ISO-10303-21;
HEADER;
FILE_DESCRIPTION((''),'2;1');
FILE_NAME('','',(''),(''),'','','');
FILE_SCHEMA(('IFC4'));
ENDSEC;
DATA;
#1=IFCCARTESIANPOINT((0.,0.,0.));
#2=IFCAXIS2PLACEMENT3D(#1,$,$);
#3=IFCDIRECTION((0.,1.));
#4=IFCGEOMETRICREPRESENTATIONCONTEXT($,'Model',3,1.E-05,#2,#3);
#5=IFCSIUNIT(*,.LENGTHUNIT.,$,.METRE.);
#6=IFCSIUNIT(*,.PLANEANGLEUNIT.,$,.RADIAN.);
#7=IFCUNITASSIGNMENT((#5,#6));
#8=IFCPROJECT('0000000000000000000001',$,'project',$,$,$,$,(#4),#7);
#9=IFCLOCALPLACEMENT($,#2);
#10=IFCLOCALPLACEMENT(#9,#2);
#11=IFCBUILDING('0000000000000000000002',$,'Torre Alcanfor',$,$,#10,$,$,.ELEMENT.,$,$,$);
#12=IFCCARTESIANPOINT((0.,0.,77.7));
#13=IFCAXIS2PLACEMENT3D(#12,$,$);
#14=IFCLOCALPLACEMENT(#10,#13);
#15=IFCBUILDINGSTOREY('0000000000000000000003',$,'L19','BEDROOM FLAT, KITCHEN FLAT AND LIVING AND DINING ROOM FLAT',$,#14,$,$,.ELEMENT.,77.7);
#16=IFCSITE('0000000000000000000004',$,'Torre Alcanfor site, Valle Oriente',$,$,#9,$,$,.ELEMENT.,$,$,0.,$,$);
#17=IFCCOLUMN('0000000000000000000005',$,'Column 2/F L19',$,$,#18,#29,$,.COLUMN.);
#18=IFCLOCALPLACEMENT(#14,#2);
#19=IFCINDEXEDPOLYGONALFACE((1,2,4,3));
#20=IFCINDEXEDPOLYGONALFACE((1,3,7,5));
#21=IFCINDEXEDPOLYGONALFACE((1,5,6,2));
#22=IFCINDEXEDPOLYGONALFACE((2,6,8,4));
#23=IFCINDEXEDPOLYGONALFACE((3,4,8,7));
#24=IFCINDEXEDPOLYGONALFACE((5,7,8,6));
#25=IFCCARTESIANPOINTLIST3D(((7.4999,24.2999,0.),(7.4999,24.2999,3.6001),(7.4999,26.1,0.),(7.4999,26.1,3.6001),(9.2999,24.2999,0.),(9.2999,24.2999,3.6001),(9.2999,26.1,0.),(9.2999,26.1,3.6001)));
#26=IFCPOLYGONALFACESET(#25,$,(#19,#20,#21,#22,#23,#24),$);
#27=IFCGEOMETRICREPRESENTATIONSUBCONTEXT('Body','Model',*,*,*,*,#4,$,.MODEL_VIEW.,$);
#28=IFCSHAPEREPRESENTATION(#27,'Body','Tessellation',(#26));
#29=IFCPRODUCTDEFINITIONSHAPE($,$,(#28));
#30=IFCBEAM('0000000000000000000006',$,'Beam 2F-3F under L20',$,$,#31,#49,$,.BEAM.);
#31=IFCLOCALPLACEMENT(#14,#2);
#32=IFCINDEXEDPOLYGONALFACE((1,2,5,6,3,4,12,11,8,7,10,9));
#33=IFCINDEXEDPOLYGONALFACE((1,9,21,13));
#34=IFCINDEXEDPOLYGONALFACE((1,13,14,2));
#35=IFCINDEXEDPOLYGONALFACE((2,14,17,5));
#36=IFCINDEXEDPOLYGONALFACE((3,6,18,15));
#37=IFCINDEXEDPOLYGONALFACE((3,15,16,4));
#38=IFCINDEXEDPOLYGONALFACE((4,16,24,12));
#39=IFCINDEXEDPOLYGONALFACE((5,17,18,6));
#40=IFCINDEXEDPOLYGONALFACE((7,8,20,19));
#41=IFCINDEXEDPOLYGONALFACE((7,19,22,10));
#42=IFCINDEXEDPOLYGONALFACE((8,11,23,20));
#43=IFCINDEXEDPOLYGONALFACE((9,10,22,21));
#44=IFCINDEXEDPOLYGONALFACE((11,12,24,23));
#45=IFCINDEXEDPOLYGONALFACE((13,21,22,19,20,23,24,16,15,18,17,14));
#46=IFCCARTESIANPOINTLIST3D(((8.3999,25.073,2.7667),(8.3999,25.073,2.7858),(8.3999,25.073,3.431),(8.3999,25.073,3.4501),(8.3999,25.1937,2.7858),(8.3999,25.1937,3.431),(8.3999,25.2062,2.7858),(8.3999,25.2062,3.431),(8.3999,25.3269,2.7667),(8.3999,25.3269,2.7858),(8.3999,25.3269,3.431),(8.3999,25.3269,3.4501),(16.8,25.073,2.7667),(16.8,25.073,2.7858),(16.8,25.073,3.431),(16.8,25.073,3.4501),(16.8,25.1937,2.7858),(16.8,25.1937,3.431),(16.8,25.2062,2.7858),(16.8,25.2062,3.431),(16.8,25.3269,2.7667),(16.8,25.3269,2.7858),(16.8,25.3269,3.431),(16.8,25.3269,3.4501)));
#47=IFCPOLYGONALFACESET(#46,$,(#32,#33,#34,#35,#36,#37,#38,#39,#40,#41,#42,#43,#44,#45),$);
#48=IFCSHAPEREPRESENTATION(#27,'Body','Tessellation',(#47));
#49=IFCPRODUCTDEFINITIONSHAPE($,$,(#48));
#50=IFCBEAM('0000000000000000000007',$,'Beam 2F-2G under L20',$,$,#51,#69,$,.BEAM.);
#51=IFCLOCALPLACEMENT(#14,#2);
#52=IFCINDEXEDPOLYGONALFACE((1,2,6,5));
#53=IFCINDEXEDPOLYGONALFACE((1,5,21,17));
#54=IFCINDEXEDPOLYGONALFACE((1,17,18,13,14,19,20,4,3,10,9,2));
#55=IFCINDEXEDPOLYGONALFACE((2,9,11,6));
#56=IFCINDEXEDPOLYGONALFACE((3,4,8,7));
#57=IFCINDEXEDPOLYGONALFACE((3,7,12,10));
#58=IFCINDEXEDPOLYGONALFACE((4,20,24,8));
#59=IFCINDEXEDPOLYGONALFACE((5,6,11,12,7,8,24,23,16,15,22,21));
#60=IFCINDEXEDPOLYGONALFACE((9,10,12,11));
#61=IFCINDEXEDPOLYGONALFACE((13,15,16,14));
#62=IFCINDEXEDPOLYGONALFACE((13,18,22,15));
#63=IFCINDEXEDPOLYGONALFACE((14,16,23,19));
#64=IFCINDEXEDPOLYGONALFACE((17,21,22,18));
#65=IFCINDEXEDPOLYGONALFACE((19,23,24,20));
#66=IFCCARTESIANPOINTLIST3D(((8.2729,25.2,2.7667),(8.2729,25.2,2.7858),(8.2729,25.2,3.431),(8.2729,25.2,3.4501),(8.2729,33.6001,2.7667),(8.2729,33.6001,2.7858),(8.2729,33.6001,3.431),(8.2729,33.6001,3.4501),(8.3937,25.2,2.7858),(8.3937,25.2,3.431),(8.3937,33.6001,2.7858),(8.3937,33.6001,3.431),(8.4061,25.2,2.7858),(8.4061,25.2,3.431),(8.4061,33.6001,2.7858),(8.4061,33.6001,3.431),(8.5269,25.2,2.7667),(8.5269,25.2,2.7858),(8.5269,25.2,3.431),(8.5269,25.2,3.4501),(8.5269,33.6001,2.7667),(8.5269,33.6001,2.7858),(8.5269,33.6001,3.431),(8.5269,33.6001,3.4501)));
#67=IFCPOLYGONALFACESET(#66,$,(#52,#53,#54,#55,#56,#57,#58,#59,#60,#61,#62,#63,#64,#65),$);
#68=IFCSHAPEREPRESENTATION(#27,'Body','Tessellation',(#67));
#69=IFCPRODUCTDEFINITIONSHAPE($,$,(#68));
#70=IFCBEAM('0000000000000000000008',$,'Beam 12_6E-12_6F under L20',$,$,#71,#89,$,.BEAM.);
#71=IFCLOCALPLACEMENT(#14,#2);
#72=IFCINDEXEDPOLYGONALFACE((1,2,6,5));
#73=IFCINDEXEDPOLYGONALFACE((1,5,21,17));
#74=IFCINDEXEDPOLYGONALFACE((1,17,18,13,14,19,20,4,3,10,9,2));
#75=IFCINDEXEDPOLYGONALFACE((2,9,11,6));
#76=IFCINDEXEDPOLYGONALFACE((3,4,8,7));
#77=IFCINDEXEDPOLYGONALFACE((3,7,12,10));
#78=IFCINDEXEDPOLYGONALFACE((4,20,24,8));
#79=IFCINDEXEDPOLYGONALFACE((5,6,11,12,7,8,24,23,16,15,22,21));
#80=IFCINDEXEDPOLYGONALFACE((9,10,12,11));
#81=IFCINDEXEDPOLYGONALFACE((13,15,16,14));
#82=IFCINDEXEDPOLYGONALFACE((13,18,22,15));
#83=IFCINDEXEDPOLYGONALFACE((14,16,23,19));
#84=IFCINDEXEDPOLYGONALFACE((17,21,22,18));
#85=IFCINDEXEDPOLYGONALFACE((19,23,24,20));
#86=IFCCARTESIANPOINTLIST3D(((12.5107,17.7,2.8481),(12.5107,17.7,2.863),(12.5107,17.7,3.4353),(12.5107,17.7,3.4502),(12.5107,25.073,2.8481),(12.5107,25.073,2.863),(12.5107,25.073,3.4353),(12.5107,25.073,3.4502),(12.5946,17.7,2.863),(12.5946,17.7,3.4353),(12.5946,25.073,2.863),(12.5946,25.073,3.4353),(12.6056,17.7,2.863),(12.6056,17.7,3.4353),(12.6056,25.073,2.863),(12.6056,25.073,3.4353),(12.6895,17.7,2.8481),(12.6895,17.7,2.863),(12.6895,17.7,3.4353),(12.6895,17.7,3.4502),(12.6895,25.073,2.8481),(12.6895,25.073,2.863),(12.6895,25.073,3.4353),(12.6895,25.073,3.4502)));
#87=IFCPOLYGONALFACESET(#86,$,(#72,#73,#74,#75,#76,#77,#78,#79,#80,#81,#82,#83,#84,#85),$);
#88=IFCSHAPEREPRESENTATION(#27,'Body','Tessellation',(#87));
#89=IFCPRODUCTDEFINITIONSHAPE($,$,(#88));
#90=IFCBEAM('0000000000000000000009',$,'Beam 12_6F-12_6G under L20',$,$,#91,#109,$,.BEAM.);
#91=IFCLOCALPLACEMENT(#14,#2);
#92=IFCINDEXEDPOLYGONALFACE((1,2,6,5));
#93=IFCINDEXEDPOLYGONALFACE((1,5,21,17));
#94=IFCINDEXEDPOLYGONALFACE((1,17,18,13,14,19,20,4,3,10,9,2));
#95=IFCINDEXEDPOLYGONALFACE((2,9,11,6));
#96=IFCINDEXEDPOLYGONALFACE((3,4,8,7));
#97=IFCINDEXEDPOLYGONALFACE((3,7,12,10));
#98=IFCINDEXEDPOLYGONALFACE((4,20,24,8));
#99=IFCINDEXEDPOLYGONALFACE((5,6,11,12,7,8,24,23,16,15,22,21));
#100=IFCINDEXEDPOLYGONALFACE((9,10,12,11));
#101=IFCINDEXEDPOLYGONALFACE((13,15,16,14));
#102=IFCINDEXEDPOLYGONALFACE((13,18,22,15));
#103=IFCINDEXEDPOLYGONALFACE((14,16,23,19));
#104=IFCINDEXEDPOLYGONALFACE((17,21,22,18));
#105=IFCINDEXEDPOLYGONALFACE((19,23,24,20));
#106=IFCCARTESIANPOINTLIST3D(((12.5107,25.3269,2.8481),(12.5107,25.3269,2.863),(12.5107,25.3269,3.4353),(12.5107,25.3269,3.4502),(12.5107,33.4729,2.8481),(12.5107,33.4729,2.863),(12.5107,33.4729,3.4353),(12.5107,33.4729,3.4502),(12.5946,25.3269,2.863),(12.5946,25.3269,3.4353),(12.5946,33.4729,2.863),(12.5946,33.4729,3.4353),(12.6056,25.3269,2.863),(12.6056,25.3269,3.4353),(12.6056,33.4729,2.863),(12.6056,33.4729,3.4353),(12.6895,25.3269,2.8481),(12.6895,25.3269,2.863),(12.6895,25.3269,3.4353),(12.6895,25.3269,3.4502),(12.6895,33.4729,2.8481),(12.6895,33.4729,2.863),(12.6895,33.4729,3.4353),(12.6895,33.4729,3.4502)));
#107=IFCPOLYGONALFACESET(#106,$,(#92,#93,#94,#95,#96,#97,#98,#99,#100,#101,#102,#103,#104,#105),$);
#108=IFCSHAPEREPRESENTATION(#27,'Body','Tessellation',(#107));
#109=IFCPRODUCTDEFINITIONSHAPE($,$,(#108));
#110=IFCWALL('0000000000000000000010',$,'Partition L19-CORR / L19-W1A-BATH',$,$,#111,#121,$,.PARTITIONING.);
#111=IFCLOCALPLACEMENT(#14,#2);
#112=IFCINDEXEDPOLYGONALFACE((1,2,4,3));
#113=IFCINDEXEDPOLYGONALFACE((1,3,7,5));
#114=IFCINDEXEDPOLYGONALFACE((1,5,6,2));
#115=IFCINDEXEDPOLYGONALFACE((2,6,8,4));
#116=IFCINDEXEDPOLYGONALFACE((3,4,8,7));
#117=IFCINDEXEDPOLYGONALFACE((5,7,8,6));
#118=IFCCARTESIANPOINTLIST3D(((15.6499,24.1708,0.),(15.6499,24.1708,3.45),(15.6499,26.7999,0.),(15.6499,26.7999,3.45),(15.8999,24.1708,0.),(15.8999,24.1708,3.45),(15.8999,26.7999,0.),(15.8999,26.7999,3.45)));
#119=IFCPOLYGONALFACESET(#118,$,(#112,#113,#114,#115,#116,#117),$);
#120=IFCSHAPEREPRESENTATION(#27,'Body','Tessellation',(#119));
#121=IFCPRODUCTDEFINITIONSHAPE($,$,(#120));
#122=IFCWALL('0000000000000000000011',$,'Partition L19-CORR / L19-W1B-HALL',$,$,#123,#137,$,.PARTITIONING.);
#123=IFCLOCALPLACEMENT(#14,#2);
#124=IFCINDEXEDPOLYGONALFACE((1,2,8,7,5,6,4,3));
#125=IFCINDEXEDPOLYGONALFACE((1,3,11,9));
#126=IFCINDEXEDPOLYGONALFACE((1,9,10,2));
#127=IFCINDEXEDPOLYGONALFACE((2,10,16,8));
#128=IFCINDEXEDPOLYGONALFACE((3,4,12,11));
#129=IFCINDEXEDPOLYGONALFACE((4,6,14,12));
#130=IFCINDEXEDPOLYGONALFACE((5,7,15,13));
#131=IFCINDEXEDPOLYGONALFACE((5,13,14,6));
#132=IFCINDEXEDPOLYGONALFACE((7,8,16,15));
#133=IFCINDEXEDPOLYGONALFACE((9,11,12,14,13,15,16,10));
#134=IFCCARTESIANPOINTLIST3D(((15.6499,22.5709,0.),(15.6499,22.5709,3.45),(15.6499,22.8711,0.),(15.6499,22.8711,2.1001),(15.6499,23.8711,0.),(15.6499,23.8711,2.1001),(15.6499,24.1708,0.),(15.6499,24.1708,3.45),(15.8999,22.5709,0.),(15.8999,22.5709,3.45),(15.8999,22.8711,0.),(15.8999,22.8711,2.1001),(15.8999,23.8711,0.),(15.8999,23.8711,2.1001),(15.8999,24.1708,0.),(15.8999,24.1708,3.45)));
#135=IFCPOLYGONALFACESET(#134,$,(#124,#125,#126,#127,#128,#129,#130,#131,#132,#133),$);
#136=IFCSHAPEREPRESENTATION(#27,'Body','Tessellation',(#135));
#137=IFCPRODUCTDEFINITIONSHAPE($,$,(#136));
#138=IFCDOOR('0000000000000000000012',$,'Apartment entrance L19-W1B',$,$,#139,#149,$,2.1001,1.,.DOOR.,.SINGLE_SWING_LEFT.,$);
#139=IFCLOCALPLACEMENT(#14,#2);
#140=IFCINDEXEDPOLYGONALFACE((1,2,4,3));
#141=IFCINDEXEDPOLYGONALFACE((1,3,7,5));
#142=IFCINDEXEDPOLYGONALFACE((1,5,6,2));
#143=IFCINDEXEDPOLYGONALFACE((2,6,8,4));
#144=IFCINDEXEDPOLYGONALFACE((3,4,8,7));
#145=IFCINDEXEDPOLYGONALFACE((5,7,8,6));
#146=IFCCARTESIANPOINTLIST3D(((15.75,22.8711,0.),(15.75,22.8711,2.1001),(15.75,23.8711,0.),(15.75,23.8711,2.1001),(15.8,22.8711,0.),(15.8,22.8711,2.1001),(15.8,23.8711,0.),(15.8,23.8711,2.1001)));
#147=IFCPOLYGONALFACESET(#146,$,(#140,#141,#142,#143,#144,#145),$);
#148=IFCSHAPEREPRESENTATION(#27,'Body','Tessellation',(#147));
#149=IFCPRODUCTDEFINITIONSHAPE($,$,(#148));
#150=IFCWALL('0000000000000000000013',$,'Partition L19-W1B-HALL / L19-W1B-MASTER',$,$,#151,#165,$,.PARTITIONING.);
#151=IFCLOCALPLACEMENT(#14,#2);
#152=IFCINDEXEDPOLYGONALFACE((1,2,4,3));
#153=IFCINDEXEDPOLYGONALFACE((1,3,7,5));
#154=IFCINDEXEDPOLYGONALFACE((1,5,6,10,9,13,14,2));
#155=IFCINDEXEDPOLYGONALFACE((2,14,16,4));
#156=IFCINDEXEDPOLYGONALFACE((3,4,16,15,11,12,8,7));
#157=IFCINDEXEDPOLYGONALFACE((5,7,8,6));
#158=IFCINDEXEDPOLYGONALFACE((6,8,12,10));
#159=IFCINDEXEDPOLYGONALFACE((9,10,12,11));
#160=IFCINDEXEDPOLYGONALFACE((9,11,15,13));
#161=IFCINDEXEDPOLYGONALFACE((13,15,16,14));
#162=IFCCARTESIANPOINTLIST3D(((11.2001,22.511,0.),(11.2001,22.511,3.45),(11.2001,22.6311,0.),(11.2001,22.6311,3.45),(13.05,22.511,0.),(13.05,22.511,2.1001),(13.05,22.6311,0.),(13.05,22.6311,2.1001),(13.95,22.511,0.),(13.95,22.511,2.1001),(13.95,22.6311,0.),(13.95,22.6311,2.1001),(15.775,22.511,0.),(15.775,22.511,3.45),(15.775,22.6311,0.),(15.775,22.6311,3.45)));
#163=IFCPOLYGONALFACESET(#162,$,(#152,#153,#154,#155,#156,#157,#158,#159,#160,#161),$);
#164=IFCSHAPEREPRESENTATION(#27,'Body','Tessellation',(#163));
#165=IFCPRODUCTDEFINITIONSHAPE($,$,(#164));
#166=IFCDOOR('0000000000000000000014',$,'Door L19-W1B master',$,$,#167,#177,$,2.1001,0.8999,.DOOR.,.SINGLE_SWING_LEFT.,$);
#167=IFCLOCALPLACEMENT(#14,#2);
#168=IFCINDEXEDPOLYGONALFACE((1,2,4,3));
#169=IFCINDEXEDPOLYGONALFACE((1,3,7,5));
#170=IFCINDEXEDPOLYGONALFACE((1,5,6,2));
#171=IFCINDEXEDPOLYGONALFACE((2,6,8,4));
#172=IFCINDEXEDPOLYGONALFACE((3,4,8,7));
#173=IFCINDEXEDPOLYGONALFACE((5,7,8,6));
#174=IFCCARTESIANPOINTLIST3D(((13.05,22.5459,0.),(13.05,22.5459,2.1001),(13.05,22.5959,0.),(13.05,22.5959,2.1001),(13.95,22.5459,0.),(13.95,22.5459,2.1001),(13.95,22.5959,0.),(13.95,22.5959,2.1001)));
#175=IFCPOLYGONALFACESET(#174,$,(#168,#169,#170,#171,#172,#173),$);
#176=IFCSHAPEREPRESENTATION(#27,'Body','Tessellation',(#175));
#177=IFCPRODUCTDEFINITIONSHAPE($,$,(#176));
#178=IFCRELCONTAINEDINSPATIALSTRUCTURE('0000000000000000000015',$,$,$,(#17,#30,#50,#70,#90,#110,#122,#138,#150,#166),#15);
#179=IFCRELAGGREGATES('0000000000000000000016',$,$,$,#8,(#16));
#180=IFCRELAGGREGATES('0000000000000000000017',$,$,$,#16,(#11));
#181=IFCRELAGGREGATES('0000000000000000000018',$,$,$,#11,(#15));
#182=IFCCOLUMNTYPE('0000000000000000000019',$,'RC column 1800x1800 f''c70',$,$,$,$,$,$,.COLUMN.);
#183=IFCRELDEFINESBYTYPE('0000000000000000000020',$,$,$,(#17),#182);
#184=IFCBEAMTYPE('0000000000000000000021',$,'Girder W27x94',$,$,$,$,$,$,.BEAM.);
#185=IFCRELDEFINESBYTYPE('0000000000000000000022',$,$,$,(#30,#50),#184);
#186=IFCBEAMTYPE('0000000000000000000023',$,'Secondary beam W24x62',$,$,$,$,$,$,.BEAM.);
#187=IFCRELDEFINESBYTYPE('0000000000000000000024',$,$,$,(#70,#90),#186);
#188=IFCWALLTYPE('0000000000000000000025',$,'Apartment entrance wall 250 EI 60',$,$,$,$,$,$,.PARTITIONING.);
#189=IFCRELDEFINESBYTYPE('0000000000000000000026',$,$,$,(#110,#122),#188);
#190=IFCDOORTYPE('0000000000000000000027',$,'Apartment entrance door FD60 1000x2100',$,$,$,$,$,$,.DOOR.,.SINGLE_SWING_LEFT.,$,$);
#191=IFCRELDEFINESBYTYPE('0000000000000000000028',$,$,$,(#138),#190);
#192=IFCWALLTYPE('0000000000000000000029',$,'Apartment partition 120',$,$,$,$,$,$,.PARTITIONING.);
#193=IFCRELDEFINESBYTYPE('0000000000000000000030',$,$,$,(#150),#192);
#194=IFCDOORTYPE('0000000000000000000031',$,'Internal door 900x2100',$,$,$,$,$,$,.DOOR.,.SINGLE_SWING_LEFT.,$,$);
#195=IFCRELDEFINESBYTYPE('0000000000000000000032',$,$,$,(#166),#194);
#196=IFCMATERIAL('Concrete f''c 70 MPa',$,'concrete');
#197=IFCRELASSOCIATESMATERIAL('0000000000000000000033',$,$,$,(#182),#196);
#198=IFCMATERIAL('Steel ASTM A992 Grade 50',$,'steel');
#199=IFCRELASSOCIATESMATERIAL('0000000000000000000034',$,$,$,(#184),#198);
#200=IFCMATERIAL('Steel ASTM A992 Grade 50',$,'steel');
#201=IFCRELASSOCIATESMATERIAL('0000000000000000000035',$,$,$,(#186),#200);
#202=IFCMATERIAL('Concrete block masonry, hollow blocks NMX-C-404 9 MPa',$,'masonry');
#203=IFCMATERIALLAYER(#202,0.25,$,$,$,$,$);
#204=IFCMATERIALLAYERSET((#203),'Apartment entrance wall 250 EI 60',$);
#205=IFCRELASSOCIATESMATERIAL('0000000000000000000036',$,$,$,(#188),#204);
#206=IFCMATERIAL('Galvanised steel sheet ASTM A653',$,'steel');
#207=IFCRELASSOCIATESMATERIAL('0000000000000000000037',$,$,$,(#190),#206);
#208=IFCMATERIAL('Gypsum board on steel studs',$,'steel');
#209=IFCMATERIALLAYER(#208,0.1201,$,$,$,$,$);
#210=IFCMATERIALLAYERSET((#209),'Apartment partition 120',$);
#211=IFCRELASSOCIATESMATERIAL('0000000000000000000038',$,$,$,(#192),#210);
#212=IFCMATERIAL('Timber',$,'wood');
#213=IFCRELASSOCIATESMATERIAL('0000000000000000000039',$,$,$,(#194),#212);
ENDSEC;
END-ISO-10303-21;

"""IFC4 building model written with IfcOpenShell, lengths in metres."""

from ifc_helpers import new_model, si_unit, direction, frame, frame_2d, origin, origin_2d, place, context, subcontext, project, spatial, rectangle, i_section, extrude, material, layer, layer_set, material_profile, profile_set, type_object, element, fill, save


model = new_model("IFC4")

# Units and contexts
model_context = context("Model", 3, precision=1e-05, world=origin(), true_north=direction((0.0, 1.0)))
body_context = subcontext(model_context, "Body", "Model", "MODEL_VIEW")
ifc_project = project(units=[si_unit("LENGTHUNIT", "METRE"), si_unit("PLANEANGLEUNIT", "RADIAN")], contexts=[model_context])

# Site, building, storey
site_placement = place(None, origin())
site = spatial("IfcSite", under=ifc_project, at=site_placement, Name="Torre Alcanfor site, Valle Oriente", CompositionType="ELEMENT", RefElevation=0.0)
building_placement = place(site_placement, origin())
building = spatial("IfcBuilding", under=site, at=building_placement, Name="Torre Alcanfor", CompositionType="ELEMENT")
storey_placement = place(building_placement, frame((0.0, 0.0, 77.7)))
storey = spatial("IfcBuildingStorey", under=building, at=storey_placement, Name="L19", Description="BEDROOM FLAT, KITCHEN FLAT AND LIVING AND DINING ROOM FLAT", CompositionType="ELEMENT", Elevation=77.7)

# Column
ifc_material_1 = material(Name="Concrete f'c 70 MPa", Category="concrete")
ifc_material_profile_1 = material_profile(ifc_material_1, rectangle(XDim=1.8, YDim=1.8, at=origin_2d()), Name="1800x1800")
ifc_profile_set_1 = profile_set([ifc_material_profile_1], Name="Concrete f'c 70 MPa")
column_type = type_object("IfcColumnType", Name="RC column 1800x1800 f'c70", PredefinedType="COLUMN", material=ifc_profile_set_1)
column_placement = place(storey_placement, frame((8.3999, 25.2, 0.0), z_axis=(0.0, 0.0, 1.0), x_axis=(1.0, 0.0, 0.0)))
element("IfcColumn", 1, at=column_placement, inside=storey, type_object=column_type, Name="Column 2/F L19", PredefinedType="COLUMN", context=body_context, shape_type="SweptSolid", body=[
    extrude(rectangle(XDim=1.8, YDim=1.8, at=origin_2d()), origin(), (0.0, 0.0, 1.0), 3.6001),
])

# Beams
ifc_material_2 = material(Name="Steel ASTM A992 Grade 50", Category="steel")
ifc_material_profile_2 = material_profile(ifc_material_2, i_section(OverallWidth=0.2539, OverallDepth=0.6833, WebThickness=0.0125, FlangeThickness=0.019, at=origin_2d()), Name="W27x94")
ifc_profile_set_2 = profile_set([ifc_material_profile_2], Name="Steel ASTM A992 Grade 50")
beam_type_1 = type_object("IfcBeamType", Name="Girder W27x94", PredefinedType="BEAM", material=ifc_profile_set_2)
for number, where, z_axis, x_axis, name in (
    (2, (8.3999, 25.2, 3.1084), (1.0, 0.0, 0.0), (0.0, 1.0, 0.0), "Beam 2F-3F under L20"),
    (3, (8.3999, 25.2, 3.1084), (0.0, 1.0, 0.0), (-1.0, 0.0, 0.0), "Beam 2F-2G under L20"),
):
    element("IfcBeam", number, at=place(storey_placement, frame(where, z_axis=z_axis, x_axis=x_axis)), inside=storey, type_object=beam_type_1, Name=name, PredefinedType="BEAM", context=body_context, shape_type="SweptSolid", body=[
        extrude(i_section(OverallWidth=0.2539, OverallDepth=0.6833, WebThickness=0.0125, FlangeThickness=0.019, at=origin_2d()), origin(), (0.0, 0.0, 1.0), 8.4001),
    ])
ifc_material_3 = material(Name="Steel ASTM A992 Grade 50", Category="steel")
ifc_material_profile_3 = material_profile(ifc_material_3, i_section(OverallWidth=0.1787, OverallDepth=0.6021, WebThickness=0.011, FlangeThickness=0.0149, at=origin_2d()), Name="W24x62")
ifc_profile_set_3 = profile_set([ifc_material_profile_3], Name="Steel ASTM A992 Grade 50")
beam_type_2 = type_object("IfcBeamType", Name="Secondary beam W24x62", PredefinedType="BEAM", material=ifc_profile_set_3)
beam_1_placement = place(storey_placement, frame((12.6001, 17.7, 3.1492), z_axis=(0.0, 1.0, 0.0), x_axis=(-1.0, 0.0, 0.0)))
element("IfcBeam", 4, at=beam_1_placement, inside=storey, type_object=beam_type_2, Name="Beam 12_6E-12_6F under L20", PredefinedType="BEAM", context=body_context, shape_type="SweptSolid", body=[
    extrude(i_section(OverallWidth=0.1787, OverallDepth=0.6021, WebThickness=0.011, FlangeThickness=0.0149, at=origin_2d()), origin(), (0.0, 0.0, 1.0), 7.373),
])
beam_2_placement = place(storey_placement, frame((12.6001, 25.3269, 3.1492), z_axis=(0.0, 1.0, 0.0), x_axis=(-1.0, 0.0, 0.0)))
element("IfcBeam", 5, at=beam_2_placement, inside=storey, type_object=beam_type_2, Name="Beam 12_6F-12_6G under L20", PredefinedType="BEAM", context=body_context, shape_type="SweptSolid", body=[
    extrude(i_section(OverallWidth=0.1787, OverallDepth=0.6021, WebThickness=0.011, FlangeThickness=0.0149, at=origin_2d()), origin(), (0.0, 0.0, 1.0), 8.146),
])

# Wall
ifc_material_4 = material(Name="Concrete block masonry, hollow blocks NMX-C-404 9 MPa", Category="masonry")
ifc_layer_1 = layer(ifc_material_4, 0.25)
ifc_layer_set_1 = layer_set([ifc_layer_1], Name="Apartment entrance wall 250 EI 60")
wall_type_1 = type_object("IfcWallType", Name="Apartment entrance wall 250 EI 60", PredefinedType="PARTITIONING", material=ifc_layer_set_1)
wall_1_placement = place(storey_placement, frame((15.7749, 24.1709, 0.0), z_axis=(0.0, 0.0, 1.0), x_axis=(0.0, 1.0, 0.0)))
element("IfcWall", 6, at=wall_1_placement, inside=storey, type_object=wall_type_1, Name="Partition L19-CORR / L19-W1A-BATH", PredefinedType="PARTITIONING", context=body_context, shape_type="SweptSolid", body=[
    extrude(rectangle(XDim=2.6292, YDim=0.25, at=frame_2d((1.3145, 0.0))), origin(), (0.0, 0.0, 1.0), 3.45),
])

# Walls, openings, doors
wall_2_placement = place(storey_placement, frame((15.7749, 22.571, 0.0), z_axis=(0.0, 0.0, 1.0), x_axis=(0.0, 1.0, 0.0)))
wall_2 = element("IfcWall", 7, at=wall_2_placement, inside=storey, type_object=wall_type_1, Name="Partition L19-CORR / L19-W1B-HALL", PredefinedType="PARTITIONING", context=body_context, shape_type="SweptSolid", body=[
    extrude(rectangle(XDim=1.5999, YDim=0.25, at=frame_2d((0.7998, 0.0))), origin(), (0.0, 0.0, 1.0), 3.45),
])
opening_1_placement = place(wall_2_placement, frame((0.3, 0.0, 0.0)))
opening_1 = element("IfcOpeningElement", 8, at=opening_1_placement, cuts=wall_2, PredefinedType="OPENING", context=body_context, shape_type="SweptSolid", body=[
    extrude(rectangle(XDim=1.0, YDim=2.1001, at=frame_2d((0.5, 1.05))), frame((0.0, 0.135, 0.0), z_axis=(0.0, -1.0, 0.0), x_axis=(1.0, 0.0, 0.0)), (0.0, 0.0, 1.0), 0.27),
])
ifc_material_5 = material(Name="Galvanised steel sheet ASTM A653", Category="steel")
door_type_1 = type_object("IfcDoorType", Name="Apartment entrance door FD60 1000x2100", OperationType="SINGLE_SWING_LEFT", PredefinedType="DOOR", material=ifc_material_5)
door_1_placement = place(opening_1_placement, origin())
door_1 = element("IfcDoor", 9, at=door_1_placement, inside=storey, type_object=door_type_1, Name="Apartment entrance L19-W1B", OperationType="SINGLE_SWING_LEFT", OverallHeight=2.1001, OverallWidth=1.0, PredefinedType="DOOR", context=body_context, shape_type="SweptSolid", body=[
    extrude(rectangle(XDim=1.0, YDim=2.1001, at=frame_2d((0.5, 1.05))), frame((0.0, 0.0249, 0.0), z_axis=(0.0, -1.0, 0.0), x_axis=(1.0, 0.0, 0.0)), (0.0, 0.0, 1.0), 0.05),
])
fill(opening_1, door_1)
ifc_material_6 = material(Name="Gypsum board on steel studs", Category="steel")
ifc_layer_2 = layer(ifc_material_6, 0.1201)
ifc_layer_set_2 = layer_set([ifc_layer_2], Name="Apartment partition 120")
wall_type_2 = type_object("IfcWallType", Name="Apartment partition 120", PredefinedType="PARTITIONING", material=ifc_layer_set_2)
wall_3_placement = place(storey_placement, frame((11.2, 22.571, 0.0), z_axis=(0.0, 0.0, 1.0), x_axis=(1.0, 0.0, 0.0)))
wall_3 = element("IfcWall", 10, at=wall_3_placement, inside=storey, type_object=wall_type_2, Name="Partition L19-W1B-HALL / L19-W1B-MASTER", PredefinedType="PARTITIONING", context=body_context, shape_type="SweptSolid", body=[
    extrude(rectangle(XDim=4.575, YDim=0.1201, at=frame_2d((2.2876, 0.0))), origin(), (0.0, 0.0, 1.0), 3.45),
])
opening_2_placement = place(wall_3_placement, frame((1.8501, 0.0, 0.0)))
opening_2 = element("IfcOpeningElement", 11, at=opening_2_placement, cuts=wall_3, PredefinedType="OPENING", context=body_context, shape_type="SweptSolid", body=[
    extrude(rectangle(XDim=0.8999, YDim=2.1001, at=frame_2d((0.45, 1.05))), frame((0.0, 0.0701, 0.0), z_axis=(0.0, -1.0, 0.0), x_axis=(1.0, 0.0, 0.0)), (0.0, 0.0, 1.0), 0.1401),
])
ifc_material_7 = material(Name="Timber", Category="wood")
door_type_2 = type_object("IfcDoorType", Name="Internal door 900x2100", OperationType="SINGLE_SWING_LEFT", PredefinedType="DOOR", material=ifc_material_7)
door_2_placement = place(opening_2_placement, frame((0.8999, 0.0, 0.0), z_axis=(0.0, 0.0, 1.0), x_axis=(-1.0, 0.0, 0.0)))
door_2 = element("IfcDoor", 12, at=door_2_placement, inside=storey, type_object=door_type_2, Name="Door L19-W1B master", OperationType="SINGLE_SWING_LEFT", OverallHeight=2.1001, OverallWidth=0.8999, PredefinedType="DOOR", context=body_context, shape_type="SweptSolid", body=[
    extrude(rectangle(XDim=0.8999, YDim=2.1001, at=frame_2d((0.45, 1.05))), frame((0.0, 0.0251, 0.0), z_axis=(0.0, -1.0, 0.0), x_axis=(1.0, 0.0, 0.0)), (0.0, 0.0, 1.0), 0.05),
])
fill(opening_2, door_2)

save(model, "model.ifc")
